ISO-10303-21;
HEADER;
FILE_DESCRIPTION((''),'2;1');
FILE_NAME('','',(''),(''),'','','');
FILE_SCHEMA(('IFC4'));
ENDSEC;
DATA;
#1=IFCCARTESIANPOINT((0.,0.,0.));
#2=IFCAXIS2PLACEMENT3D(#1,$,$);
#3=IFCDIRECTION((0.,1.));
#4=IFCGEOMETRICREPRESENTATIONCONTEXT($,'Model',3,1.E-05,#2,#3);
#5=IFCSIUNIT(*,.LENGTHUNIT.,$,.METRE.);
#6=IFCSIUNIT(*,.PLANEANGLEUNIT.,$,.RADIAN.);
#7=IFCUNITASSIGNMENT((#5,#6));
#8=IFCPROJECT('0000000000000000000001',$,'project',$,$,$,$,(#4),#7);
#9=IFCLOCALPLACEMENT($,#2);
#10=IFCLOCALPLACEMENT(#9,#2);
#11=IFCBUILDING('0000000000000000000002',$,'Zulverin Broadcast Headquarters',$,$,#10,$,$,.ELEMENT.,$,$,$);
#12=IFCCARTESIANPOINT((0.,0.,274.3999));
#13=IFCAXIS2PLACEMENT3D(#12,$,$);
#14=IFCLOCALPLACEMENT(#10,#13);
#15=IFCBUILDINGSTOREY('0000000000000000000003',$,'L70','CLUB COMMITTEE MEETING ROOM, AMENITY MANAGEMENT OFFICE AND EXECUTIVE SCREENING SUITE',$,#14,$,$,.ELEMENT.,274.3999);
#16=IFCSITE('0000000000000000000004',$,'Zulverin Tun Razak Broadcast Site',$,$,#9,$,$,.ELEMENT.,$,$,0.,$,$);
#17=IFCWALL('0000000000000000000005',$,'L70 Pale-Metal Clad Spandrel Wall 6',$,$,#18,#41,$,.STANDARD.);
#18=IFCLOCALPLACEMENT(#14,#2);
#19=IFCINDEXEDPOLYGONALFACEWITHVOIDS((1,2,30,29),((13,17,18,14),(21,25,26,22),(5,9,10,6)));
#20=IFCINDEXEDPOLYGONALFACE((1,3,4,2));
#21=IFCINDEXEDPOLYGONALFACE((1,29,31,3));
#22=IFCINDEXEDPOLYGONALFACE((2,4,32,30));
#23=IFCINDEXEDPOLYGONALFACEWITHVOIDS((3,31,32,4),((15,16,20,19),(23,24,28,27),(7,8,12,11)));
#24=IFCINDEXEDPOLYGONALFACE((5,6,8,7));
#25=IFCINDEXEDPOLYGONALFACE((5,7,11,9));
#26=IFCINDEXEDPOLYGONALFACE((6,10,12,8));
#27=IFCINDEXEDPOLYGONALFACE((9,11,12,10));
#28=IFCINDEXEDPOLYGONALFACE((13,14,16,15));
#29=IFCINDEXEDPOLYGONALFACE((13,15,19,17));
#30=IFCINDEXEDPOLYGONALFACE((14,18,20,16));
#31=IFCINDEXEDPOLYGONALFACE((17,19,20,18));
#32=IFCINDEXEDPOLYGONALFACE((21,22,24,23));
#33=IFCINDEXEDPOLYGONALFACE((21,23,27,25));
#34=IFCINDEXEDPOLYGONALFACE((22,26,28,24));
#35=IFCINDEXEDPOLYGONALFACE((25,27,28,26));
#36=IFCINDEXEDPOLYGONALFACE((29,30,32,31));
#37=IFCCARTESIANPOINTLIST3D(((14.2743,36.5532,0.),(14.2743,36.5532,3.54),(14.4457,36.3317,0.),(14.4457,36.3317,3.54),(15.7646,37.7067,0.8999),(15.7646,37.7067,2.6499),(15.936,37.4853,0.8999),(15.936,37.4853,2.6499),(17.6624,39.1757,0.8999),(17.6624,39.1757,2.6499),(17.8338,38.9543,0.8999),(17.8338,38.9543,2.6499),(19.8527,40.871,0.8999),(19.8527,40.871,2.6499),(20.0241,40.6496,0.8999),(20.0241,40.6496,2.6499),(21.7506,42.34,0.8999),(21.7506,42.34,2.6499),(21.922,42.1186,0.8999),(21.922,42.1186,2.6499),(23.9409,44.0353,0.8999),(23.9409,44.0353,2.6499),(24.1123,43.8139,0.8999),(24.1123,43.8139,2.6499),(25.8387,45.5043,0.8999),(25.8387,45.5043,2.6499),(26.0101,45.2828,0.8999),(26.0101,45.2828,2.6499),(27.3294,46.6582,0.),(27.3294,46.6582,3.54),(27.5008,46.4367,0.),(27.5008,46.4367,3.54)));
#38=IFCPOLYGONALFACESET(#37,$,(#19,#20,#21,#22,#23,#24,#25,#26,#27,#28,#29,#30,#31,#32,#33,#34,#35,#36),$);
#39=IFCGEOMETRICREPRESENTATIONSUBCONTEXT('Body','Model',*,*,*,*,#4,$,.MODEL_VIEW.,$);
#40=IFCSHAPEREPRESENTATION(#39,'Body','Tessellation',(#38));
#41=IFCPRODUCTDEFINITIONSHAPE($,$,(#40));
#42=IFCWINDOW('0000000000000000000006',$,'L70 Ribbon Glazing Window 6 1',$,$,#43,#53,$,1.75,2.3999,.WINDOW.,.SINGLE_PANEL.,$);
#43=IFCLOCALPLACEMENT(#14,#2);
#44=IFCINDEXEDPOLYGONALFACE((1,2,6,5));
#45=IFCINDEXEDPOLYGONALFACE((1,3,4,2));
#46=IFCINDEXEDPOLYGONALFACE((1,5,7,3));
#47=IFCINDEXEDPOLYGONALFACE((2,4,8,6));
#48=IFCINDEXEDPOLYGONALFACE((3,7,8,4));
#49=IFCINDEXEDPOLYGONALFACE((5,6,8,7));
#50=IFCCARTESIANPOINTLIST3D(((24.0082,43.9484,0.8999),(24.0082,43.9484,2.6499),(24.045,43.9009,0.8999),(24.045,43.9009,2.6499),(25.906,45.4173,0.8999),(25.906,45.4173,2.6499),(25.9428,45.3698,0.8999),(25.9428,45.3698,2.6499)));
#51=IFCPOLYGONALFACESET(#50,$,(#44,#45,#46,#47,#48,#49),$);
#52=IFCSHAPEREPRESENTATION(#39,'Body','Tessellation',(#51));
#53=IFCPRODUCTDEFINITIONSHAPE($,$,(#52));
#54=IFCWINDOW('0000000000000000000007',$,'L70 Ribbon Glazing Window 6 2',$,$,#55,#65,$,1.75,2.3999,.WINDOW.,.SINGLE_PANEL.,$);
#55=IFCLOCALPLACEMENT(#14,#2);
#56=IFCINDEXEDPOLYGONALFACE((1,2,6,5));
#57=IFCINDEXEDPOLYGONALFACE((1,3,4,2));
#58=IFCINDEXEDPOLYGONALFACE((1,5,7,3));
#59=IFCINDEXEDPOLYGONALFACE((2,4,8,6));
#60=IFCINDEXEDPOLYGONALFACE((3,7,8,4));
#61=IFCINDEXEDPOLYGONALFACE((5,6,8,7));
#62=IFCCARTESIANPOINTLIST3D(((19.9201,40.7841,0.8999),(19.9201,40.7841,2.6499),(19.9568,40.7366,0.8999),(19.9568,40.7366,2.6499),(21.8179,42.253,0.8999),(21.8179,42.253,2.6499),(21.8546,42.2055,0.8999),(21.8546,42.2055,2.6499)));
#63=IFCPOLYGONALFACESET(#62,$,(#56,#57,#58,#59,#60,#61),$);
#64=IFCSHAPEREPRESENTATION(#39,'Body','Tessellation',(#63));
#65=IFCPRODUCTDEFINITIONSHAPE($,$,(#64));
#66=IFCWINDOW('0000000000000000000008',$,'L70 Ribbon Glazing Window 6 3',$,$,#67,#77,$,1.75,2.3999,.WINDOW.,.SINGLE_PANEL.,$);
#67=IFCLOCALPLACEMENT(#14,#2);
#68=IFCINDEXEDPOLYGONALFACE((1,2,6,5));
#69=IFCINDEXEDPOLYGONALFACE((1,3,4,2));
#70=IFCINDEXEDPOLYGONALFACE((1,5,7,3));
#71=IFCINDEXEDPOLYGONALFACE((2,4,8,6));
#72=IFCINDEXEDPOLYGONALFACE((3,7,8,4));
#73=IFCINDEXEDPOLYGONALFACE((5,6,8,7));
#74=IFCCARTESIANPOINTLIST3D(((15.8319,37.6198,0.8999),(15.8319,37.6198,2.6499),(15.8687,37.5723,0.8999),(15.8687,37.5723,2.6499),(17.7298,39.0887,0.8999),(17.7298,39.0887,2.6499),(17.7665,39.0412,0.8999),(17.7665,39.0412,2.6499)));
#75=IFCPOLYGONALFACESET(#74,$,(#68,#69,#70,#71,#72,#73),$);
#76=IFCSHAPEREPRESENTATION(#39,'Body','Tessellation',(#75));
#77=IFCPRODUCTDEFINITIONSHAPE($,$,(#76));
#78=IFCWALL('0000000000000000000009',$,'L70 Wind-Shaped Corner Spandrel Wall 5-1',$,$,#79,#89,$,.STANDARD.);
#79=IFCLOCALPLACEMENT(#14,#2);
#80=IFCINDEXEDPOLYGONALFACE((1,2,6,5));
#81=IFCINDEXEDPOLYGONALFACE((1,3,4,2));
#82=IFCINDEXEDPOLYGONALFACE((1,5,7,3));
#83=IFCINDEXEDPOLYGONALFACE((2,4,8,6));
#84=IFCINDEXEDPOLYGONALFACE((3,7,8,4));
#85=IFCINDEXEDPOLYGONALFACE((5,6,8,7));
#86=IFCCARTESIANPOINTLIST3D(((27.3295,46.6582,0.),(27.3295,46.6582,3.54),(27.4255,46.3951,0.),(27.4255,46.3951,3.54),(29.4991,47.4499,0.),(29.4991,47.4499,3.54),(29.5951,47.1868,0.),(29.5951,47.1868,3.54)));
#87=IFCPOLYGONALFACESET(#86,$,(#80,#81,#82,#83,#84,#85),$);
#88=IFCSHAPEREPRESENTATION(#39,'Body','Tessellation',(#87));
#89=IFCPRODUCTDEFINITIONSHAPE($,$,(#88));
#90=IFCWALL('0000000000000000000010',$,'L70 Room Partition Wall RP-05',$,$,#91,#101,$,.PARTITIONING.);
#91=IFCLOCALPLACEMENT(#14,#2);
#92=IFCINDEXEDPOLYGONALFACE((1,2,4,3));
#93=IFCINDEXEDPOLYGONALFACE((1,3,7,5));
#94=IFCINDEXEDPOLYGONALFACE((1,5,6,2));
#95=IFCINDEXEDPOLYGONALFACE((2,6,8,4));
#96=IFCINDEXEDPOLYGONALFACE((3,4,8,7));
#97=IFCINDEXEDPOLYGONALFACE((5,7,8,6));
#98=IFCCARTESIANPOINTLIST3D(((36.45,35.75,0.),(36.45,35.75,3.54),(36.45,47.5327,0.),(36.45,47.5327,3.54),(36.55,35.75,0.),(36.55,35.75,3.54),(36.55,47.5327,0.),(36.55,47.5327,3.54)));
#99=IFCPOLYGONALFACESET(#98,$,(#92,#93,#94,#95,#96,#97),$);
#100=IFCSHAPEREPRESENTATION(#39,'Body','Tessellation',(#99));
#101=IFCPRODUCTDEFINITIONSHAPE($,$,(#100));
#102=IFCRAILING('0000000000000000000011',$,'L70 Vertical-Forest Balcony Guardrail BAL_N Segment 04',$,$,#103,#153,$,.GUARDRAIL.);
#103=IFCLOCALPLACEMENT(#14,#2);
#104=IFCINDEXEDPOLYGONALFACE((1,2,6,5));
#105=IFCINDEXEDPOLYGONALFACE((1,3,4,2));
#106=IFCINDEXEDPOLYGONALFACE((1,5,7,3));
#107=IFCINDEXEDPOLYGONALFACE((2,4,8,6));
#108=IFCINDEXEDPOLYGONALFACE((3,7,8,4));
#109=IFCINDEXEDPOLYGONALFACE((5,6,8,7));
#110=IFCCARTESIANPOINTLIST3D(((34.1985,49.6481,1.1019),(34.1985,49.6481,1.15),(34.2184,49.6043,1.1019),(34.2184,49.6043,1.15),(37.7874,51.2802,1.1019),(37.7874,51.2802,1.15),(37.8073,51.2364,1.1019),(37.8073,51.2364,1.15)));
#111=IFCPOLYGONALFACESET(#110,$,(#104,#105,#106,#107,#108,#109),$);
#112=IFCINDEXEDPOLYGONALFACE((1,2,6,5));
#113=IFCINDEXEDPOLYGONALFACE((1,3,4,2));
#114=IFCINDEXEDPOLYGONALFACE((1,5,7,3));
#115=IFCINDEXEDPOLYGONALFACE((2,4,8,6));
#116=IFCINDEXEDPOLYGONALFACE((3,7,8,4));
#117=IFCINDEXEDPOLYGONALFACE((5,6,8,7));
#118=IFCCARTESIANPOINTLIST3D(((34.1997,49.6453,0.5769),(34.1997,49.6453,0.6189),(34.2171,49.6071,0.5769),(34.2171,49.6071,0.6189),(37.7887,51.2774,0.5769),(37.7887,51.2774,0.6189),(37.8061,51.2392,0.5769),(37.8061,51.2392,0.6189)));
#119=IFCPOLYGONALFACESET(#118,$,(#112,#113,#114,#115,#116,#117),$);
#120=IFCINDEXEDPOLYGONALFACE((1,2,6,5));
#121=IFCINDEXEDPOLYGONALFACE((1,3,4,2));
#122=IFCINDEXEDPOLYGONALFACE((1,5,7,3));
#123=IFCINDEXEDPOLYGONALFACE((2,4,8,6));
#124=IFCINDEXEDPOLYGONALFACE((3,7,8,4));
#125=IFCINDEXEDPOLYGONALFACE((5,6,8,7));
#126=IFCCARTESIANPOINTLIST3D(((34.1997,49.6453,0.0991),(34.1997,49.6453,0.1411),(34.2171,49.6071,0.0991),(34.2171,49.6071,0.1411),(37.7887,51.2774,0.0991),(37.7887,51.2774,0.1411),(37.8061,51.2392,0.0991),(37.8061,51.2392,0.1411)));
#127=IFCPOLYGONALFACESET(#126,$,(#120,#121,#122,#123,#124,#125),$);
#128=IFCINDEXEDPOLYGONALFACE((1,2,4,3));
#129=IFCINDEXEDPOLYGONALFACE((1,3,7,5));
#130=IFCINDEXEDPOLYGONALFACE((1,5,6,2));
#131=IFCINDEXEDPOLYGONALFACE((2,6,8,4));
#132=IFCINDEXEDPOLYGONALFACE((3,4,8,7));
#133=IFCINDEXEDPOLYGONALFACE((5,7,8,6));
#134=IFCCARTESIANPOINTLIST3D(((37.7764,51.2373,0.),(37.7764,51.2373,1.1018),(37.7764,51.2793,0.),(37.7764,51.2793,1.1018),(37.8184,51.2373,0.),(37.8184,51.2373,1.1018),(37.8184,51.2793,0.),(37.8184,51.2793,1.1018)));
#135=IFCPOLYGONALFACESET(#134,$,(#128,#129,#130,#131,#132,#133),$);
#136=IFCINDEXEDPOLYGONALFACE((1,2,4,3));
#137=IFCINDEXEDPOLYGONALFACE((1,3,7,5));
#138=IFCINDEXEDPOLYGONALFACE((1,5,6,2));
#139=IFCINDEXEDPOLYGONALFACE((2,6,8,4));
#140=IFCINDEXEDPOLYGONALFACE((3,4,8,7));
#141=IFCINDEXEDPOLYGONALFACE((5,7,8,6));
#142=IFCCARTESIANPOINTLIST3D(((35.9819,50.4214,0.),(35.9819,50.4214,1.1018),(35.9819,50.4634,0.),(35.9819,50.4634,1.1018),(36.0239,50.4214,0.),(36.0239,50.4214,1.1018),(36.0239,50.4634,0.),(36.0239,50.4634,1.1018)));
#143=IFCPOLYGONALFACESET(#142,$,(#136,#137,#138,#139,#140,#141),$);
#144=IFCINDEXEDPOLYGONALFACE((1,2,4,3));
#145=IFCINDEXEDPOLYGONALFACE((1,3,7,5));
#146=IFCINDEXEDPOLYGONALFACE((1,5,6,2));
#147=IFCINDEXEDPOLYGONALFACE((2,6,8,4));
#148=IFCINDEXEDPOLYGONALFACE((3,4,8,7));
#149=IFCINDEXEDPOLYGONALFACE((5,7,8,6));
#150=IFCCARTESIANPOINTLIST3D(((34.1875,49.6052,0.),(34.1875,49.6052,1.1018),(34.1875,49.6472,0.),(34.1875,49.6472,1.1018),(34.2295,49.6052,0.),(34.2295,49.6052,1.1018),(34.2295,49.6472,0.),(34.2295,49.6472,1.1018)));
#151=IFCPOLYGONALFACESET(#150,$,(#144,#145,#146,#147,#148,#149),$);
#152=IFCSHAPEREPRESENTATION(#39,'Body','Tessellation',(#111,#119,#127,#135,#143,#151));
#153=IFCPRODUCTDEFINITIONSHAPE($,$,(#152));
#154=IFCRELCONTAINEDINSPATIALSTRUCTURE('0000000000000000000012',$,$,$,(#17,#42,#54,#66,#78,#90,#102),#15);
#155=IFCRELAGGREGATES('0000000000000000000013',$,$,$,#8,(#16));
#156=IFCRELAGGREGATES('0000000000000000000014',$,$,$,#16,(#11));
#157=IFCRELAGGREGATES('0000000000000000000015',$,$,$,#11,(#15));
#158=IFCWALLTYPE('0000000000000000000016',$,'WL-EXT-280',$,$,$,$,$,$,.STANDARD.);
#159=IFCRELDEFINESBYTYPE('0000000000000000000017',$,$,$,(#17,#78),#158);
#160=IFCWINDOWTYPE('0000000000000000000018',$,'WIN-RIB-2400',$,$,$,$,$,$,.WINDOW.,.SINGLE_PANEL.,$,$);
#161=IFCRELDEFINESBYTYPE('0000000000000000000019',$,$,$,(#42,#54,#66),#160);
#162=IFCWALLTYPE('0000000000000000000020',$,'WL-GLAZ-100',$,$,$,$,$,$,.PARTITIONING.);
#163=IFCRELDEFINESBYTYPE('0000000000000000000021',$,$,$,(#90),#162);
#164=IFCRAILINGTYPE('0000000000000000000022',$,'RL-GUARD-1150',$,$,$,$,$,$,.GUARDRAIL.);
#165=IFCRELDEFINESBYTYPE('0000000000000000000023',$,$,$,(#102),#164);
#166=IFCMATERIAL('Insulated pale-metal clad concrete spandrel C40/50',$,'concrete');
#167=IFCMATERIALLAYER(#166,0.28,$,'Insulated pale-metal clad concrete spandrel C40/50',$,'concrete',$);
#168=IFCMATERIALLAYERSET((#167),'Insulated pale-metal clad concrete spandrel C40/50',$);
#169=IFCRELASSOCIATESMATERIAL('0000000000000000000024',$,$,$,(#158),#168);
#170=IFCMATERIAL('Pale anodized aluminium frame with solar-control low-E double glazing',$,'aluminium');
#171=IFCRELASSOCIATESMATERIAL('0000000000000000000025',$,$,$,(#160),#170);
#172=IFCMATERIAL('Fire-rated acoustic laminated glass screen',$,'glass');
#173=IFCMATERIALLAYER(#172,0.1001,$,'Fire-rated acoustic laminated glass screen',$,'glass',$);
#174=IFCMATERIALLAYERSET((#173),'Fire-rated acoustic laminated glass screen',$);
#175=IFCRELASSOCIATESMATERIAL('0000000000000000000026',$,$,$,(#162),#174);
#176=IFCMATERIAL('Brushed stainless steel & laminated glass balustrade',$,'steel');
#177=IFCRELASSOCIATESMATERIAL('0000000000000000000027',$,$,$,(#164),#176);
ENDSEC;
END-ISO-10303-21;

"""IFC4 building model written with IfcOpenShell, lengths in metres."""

from ifc_helpers import new_model, si_unit, direction, frame, frame_2d, origin, origin_2d, place, context, subcontext, project, spatial, rectangle, extrude, material, layer, layer_set, type_object, element, fill, save


model = new_model("IFC4")

# Units and contexts
model_context = context("Model", 3, precision=1e-05, world=origin(), true_north=direction((0.0, 1.0)))
body_context = subcontext(model_context, "Body", "Model", "MODEL_VIEW")
ifc_project = project(units=[si_unit("LENGTHUNIT", "METRE"), si_unit("PLANEANGLEUNIT", "RADIAN")], contexts=[model_context])

# Site, building, storey
site_placement = place(None, origin())
site = spatial("IfcSite", under=ifc_project, at=site_placement, Name="Zulverin Tun Razak Broadcast Site", CompositionType="ELEMENT", RefElevation=0.0)
building_placement = place(site_placement, origin())
building = spatial("IfcBuilding", under=site, at=building_placement, Name="Zulverin Broadcast Headquarters", CompositionType="ELEMENT")
storey_placement = place(building_placement, frame((0.0, 0.0, 274.3999)))
storey = spatial("IfcBuildingStorey", under=building, at=storey_placement, Name="L70", Description="CLUB COMMITTEE MEETING ROOM, AMENITY MANAGEMENT OFFICE AND EXECUTIVE SCREENING SUITE", CompositionType="ELEMENT", Elevation=274.3999)

# Wall, openings, windows
ifc_material_1 = material(Name="Insulated pale-metal clad concrete spandrel C40/50", Category="concrete")
ifc_layer_1 = layer(ifc_material_1, 0.28, Name="Insulated pale-metal clad concrete spandrel C40/50", Category="concrete")
ifc_layer_set_1 = layer_set([ifc_layer_1], Name="Insulated pale-metal clad concrete spandrel C40/50")
wall_type_1 = type_object("IfcWallType", Name="WL-EXT-280", PredefinedType="STANDARD", material=ifc_layer_set_1)
wall_1_placement = place(storey_placement, frame((27.415, 46.5474, 0.0), z_axis=(0.0, 0.0, 1.0), x_axis=(-0.79079, -0.612088, 0.0)))
wall_1 = element("IfcWall", 1, at=wall_1_placement, inside=storey, type_object=wall_type_1, Name="L70 Pale-Metal Clad Spandrel Wall 6", PredefinedType="STANDARD", context=body_context, shape_type="SweptSolid", body=[
    extrude(rectangle(XDim=16.509, YDim=0.28, at=frame_2d((8.2544, 0.0))), origin(), (0.0, 0.0, 1.0), 3.54),
])
opening_1_placement = place(wall_1_placement, frame((1.885, 0.0, 0.8999)))
opening_1 = element("IfcOpeningElement", 2, at=opening_1_placement, cuts=wall_1, PredefinedType="OPENING", context=body_context, shape_type="SweptSolid", body=[
    extrude(rectangle(XDim=2.3999, YDim=1.75, at=frame_2d((1.2, 0.875))), frame((0.0, 0.1499, 0.0), z_axis=(0.0, -1.0, 0.0), x_axis=(1.0, 0.0, 0.0)), (0.0, 0.0, 1.0), 0.3),
])
opening_2_placement = place(wall_1_placement, frame((7.0547, 0.0, 0.8999)))
opening_2 = element("IfcOpeningElement", 3, at=opening_2_placement, cuts=wall_1, PredefinedType="OPENING", context=body_context, shape_type="SweptSolid", body=[
    extrude(rectangle(XDim=2.3999, YDim=1.75, at=frame_2d((1.2, 0.875))), frame((0.0, 0.1499, 0.0), z_axis=(0.0, -1.0, 0.0), x_axis=(1.0, 0.0, 0.0)), (0.0, 0.0, 1.0), 0.3),
])
opening_3_placement = place(wall_1_placement, frame((12.2244, 0.0, 0.8999)))
opening_3 = element("IfcOpeningElement", 4, at=opening_3_placement, cuts=wall_1, PredefinedType="OPENING", context=body_context, shape_type="SweptSolid", body=[
    extrude(rectangle(XDim=2.3999, YDim=1.75, at=frame_2d((1.2, 0.875))), frame((0.0, 0.1499, 0.0), z_axis=(0.0, -1.0, 0.0), x_axis=(1.0, 0.0, 0.0)), (0.0, 0.0, 1.0), 0.3),
])
ifc_material_2 = material(Name="Pale anodized aluminium frame with solar-control low-E double glazing", Category="aluminium")
window_type = type_object("IfcWindowType", Name="WIN-RIB-2400", PartitioningType="SINGLE_PANEL", PredefinedType="WINDOW", material=ifc_material_2)
window_1_placement = place(opening_1_placement, origin())
window_1 = element("IfcWindow", 5, at=window_1_placement, inside=storey, type_object=window_type, Name="L70 Ribbon Glazing Window 6 1", OverallHeight=1.75, OverallWidth=2.3999, PartitioningType="SINGLE_PANEL", PredefinedType="WINDOW", context=body_context, shape_type="SweptSolid", body=[
    extrude(rectangle(XDim=2.3999, YDim=1.75, at=frame_2d((1.2, 0.875))), frame((0.0, 0.03, 0.0), z_axis=(0.0, -1.0, 0.0), x_axis=(1.0, 0.0, 0.0)), (0.0, 0.0, 1.0), 0.0601),
])
fill(opening_1, window_1)
window_2_placement = place(opening_2_placement, origin())
window_2 = element("IfcWindow", 6, at=window_2_placement, inside=storey, type_object=window_type, Name="L70 Ribbon Glazing Window 6 2", OverallHeight=1.75, OverallWidth=2.3999, PartitioningType="SINGLE_PANEL", PredefinedType="WINDOW", context=body_context, shape_type="SweptSolid", body=[
    extrude(rectangle(XDim=2.3999, YDim=1.75, at=frame_2d((1.2, 0.875))), frame((0.0, 0.03, 0.0), z_axis=(0.0, -1.0, 0.0), x_axis=(1.0, 0.0, 0.0)), (0.0, 0.0, 1.0), 0.0601),
])
fill(opening_2, window_2)
window_3_placement = place(opening_3_placement, origin())
window_3 = element("IfcWindow", 7, at=window_3_placement, inside=storey, type_object=window_type, Name="L70 Ribbon Glazing Window 6 3", OverallHeight=1.75, OverallWidth=2.3999, PartitioningType="SINGLE_PANEL", PredefinedType="WINDOW", context=body_context, shape_type="SweptSolid", body=[
    extrude(rectangle(XDim=2.3999, YDim=1.75, at=frame_2d((1.2, 0.875))), frame((0.0, 0.03, 0.0), z_axis=(0.0, -1.0, 0.0), x_axis=(1.0, 0.0, 0.0)), (0.0, 0.0, 1.0), 0.0601),
])
fill(opening_3, window_3)

# Walls
wall_2_placement = place(storey_placement, frame((29.5471, 47.3184, 0.0), z_axis=(0.0, 0.0, 1.0), x_axis=(-0.939407, -0.342804, 0.0)))
element("IfcWall", 8, at=wall_2_placement, inside=storey, type_object=wall_type_1, Name="L70 Wind-Shaped Corner Spandrel Wall 5-1", PredefinedType="STANDARD", context=body_context, shape_type="SweptSolid", body=[
    extrude(rectangle(XDim=2.3096, YDim=0.28, at=frame_2d((1.1548, 0.0))), origin(), (0.0, 0.0, 1.0), 3.54),
])
ifc_material_3 = material(Name="Fire-rated acoustic laminated glass screen", Category="glass")
ifc_layer_2 = layer(ifc_material_3, 0.1001, Name="Fire-rated acoustic laminated glass screen", Category="glass")
ifc_layer_set_2 = layer_set([ifc_layer_2], Name="Fire-rated acoustic laminated glass screen")
wall_type_2 = type_object("IfcWallType", Name="WL-GLAZ-100", PredefinedType="PARTITIONING", material=ifc_layer_set_2)
wall_3_placement = place(storey_placement, frame((36.5, 35.75, 0.0), z_axis=(0.0, 0.0, 1.0), x_axis=(0.0, 1.0, 0.0)))
element("IfcWall", 9, at=wall_3_placement, inside=storey, type_object=wall_type_2, Name="L70 Room Partition Wall RP-05", PredefinedType="PARTITIONING", context=body_context, shape_type="SweptSolid", body=[
    extrude(rectangle(XDim=11.7827, YDim=0.1001, at=frame_2d((5.8914, 0.0))), origin(), (0.0, 0.0, 1.0), 3.54),
])

# Railing
ifc_material_4 = material(Name="Brushed stainless steel & laminated glass balustrade", Category="steel")
railing_type = type_object("IfcRailingType", Name="RL-GUARD-1150", PredefinedType="GUARDRAIL", material=ifc_material_4)
railing_1_placement = place(storey_placement, frame((37.7974, 51.2583, 0.0)))
element("IfcRailing", 10, at=railing_1_placement, inside=storey, type_object=railing_type, Name="L70 Vertical-Forest Balcony Guardrail BAL_N Segment 04", PredefinedType="GUARDRAIL", context=body_context, shape_type="SweptSolid", body=[
    extrude(rectangle(XDim=0.0481, YDim=0.0481, at=origin_2d()), frame((0.0, 0.0, 1.126), z_axis=(-0.910292, -0.413966, 0.0), x_axis=(0.413966, -0.910292, 0.0)), (0.0, 0.0, 1.0), 3.9426),
    extrude(rectangle(XDim=0.042, YDim=0.042, at=origin_2d()), frame((0.0, 0.0, 0.5979), z_axis=(-0.910292, -0.413966, 0.0), x_axis=(0.413966, -0.910292, 0.0)), (0.0, 0.0, 1.0), 3.9426),
    extrude(rectangle(XDim=0.042, YDim=0.042, at=origin_2d()), frame((0.0, 0.0, 0.1201), z_axis=(-0.910292, -0.413966, 0.0), x_axis=(0.413966, -0.910292, 0.0)), (0.0, 0.0, 1.0), 3.9426),
    extrude(rectangle(XDim=0.042, YDim=0.042, at=origin_2d()), origin(), (0.0, 0.0, 1.0), 1.1018),
    extrude(rectangle(XDim=0.042, YDim=0.042, at=origin_2d()), frame((-1.7944, -0.8159, 0.0)), (0.0, 0.0, 1.0), 1.1018),
    extrude(rectangle(XDim=0.042, YDim=0.042, at=origin_2d()), frame((-3.5889, -1.6321, 0.0)), (0.0, 0.0, 1.0), 1.1018),
])

save(model, "model.ifc")
